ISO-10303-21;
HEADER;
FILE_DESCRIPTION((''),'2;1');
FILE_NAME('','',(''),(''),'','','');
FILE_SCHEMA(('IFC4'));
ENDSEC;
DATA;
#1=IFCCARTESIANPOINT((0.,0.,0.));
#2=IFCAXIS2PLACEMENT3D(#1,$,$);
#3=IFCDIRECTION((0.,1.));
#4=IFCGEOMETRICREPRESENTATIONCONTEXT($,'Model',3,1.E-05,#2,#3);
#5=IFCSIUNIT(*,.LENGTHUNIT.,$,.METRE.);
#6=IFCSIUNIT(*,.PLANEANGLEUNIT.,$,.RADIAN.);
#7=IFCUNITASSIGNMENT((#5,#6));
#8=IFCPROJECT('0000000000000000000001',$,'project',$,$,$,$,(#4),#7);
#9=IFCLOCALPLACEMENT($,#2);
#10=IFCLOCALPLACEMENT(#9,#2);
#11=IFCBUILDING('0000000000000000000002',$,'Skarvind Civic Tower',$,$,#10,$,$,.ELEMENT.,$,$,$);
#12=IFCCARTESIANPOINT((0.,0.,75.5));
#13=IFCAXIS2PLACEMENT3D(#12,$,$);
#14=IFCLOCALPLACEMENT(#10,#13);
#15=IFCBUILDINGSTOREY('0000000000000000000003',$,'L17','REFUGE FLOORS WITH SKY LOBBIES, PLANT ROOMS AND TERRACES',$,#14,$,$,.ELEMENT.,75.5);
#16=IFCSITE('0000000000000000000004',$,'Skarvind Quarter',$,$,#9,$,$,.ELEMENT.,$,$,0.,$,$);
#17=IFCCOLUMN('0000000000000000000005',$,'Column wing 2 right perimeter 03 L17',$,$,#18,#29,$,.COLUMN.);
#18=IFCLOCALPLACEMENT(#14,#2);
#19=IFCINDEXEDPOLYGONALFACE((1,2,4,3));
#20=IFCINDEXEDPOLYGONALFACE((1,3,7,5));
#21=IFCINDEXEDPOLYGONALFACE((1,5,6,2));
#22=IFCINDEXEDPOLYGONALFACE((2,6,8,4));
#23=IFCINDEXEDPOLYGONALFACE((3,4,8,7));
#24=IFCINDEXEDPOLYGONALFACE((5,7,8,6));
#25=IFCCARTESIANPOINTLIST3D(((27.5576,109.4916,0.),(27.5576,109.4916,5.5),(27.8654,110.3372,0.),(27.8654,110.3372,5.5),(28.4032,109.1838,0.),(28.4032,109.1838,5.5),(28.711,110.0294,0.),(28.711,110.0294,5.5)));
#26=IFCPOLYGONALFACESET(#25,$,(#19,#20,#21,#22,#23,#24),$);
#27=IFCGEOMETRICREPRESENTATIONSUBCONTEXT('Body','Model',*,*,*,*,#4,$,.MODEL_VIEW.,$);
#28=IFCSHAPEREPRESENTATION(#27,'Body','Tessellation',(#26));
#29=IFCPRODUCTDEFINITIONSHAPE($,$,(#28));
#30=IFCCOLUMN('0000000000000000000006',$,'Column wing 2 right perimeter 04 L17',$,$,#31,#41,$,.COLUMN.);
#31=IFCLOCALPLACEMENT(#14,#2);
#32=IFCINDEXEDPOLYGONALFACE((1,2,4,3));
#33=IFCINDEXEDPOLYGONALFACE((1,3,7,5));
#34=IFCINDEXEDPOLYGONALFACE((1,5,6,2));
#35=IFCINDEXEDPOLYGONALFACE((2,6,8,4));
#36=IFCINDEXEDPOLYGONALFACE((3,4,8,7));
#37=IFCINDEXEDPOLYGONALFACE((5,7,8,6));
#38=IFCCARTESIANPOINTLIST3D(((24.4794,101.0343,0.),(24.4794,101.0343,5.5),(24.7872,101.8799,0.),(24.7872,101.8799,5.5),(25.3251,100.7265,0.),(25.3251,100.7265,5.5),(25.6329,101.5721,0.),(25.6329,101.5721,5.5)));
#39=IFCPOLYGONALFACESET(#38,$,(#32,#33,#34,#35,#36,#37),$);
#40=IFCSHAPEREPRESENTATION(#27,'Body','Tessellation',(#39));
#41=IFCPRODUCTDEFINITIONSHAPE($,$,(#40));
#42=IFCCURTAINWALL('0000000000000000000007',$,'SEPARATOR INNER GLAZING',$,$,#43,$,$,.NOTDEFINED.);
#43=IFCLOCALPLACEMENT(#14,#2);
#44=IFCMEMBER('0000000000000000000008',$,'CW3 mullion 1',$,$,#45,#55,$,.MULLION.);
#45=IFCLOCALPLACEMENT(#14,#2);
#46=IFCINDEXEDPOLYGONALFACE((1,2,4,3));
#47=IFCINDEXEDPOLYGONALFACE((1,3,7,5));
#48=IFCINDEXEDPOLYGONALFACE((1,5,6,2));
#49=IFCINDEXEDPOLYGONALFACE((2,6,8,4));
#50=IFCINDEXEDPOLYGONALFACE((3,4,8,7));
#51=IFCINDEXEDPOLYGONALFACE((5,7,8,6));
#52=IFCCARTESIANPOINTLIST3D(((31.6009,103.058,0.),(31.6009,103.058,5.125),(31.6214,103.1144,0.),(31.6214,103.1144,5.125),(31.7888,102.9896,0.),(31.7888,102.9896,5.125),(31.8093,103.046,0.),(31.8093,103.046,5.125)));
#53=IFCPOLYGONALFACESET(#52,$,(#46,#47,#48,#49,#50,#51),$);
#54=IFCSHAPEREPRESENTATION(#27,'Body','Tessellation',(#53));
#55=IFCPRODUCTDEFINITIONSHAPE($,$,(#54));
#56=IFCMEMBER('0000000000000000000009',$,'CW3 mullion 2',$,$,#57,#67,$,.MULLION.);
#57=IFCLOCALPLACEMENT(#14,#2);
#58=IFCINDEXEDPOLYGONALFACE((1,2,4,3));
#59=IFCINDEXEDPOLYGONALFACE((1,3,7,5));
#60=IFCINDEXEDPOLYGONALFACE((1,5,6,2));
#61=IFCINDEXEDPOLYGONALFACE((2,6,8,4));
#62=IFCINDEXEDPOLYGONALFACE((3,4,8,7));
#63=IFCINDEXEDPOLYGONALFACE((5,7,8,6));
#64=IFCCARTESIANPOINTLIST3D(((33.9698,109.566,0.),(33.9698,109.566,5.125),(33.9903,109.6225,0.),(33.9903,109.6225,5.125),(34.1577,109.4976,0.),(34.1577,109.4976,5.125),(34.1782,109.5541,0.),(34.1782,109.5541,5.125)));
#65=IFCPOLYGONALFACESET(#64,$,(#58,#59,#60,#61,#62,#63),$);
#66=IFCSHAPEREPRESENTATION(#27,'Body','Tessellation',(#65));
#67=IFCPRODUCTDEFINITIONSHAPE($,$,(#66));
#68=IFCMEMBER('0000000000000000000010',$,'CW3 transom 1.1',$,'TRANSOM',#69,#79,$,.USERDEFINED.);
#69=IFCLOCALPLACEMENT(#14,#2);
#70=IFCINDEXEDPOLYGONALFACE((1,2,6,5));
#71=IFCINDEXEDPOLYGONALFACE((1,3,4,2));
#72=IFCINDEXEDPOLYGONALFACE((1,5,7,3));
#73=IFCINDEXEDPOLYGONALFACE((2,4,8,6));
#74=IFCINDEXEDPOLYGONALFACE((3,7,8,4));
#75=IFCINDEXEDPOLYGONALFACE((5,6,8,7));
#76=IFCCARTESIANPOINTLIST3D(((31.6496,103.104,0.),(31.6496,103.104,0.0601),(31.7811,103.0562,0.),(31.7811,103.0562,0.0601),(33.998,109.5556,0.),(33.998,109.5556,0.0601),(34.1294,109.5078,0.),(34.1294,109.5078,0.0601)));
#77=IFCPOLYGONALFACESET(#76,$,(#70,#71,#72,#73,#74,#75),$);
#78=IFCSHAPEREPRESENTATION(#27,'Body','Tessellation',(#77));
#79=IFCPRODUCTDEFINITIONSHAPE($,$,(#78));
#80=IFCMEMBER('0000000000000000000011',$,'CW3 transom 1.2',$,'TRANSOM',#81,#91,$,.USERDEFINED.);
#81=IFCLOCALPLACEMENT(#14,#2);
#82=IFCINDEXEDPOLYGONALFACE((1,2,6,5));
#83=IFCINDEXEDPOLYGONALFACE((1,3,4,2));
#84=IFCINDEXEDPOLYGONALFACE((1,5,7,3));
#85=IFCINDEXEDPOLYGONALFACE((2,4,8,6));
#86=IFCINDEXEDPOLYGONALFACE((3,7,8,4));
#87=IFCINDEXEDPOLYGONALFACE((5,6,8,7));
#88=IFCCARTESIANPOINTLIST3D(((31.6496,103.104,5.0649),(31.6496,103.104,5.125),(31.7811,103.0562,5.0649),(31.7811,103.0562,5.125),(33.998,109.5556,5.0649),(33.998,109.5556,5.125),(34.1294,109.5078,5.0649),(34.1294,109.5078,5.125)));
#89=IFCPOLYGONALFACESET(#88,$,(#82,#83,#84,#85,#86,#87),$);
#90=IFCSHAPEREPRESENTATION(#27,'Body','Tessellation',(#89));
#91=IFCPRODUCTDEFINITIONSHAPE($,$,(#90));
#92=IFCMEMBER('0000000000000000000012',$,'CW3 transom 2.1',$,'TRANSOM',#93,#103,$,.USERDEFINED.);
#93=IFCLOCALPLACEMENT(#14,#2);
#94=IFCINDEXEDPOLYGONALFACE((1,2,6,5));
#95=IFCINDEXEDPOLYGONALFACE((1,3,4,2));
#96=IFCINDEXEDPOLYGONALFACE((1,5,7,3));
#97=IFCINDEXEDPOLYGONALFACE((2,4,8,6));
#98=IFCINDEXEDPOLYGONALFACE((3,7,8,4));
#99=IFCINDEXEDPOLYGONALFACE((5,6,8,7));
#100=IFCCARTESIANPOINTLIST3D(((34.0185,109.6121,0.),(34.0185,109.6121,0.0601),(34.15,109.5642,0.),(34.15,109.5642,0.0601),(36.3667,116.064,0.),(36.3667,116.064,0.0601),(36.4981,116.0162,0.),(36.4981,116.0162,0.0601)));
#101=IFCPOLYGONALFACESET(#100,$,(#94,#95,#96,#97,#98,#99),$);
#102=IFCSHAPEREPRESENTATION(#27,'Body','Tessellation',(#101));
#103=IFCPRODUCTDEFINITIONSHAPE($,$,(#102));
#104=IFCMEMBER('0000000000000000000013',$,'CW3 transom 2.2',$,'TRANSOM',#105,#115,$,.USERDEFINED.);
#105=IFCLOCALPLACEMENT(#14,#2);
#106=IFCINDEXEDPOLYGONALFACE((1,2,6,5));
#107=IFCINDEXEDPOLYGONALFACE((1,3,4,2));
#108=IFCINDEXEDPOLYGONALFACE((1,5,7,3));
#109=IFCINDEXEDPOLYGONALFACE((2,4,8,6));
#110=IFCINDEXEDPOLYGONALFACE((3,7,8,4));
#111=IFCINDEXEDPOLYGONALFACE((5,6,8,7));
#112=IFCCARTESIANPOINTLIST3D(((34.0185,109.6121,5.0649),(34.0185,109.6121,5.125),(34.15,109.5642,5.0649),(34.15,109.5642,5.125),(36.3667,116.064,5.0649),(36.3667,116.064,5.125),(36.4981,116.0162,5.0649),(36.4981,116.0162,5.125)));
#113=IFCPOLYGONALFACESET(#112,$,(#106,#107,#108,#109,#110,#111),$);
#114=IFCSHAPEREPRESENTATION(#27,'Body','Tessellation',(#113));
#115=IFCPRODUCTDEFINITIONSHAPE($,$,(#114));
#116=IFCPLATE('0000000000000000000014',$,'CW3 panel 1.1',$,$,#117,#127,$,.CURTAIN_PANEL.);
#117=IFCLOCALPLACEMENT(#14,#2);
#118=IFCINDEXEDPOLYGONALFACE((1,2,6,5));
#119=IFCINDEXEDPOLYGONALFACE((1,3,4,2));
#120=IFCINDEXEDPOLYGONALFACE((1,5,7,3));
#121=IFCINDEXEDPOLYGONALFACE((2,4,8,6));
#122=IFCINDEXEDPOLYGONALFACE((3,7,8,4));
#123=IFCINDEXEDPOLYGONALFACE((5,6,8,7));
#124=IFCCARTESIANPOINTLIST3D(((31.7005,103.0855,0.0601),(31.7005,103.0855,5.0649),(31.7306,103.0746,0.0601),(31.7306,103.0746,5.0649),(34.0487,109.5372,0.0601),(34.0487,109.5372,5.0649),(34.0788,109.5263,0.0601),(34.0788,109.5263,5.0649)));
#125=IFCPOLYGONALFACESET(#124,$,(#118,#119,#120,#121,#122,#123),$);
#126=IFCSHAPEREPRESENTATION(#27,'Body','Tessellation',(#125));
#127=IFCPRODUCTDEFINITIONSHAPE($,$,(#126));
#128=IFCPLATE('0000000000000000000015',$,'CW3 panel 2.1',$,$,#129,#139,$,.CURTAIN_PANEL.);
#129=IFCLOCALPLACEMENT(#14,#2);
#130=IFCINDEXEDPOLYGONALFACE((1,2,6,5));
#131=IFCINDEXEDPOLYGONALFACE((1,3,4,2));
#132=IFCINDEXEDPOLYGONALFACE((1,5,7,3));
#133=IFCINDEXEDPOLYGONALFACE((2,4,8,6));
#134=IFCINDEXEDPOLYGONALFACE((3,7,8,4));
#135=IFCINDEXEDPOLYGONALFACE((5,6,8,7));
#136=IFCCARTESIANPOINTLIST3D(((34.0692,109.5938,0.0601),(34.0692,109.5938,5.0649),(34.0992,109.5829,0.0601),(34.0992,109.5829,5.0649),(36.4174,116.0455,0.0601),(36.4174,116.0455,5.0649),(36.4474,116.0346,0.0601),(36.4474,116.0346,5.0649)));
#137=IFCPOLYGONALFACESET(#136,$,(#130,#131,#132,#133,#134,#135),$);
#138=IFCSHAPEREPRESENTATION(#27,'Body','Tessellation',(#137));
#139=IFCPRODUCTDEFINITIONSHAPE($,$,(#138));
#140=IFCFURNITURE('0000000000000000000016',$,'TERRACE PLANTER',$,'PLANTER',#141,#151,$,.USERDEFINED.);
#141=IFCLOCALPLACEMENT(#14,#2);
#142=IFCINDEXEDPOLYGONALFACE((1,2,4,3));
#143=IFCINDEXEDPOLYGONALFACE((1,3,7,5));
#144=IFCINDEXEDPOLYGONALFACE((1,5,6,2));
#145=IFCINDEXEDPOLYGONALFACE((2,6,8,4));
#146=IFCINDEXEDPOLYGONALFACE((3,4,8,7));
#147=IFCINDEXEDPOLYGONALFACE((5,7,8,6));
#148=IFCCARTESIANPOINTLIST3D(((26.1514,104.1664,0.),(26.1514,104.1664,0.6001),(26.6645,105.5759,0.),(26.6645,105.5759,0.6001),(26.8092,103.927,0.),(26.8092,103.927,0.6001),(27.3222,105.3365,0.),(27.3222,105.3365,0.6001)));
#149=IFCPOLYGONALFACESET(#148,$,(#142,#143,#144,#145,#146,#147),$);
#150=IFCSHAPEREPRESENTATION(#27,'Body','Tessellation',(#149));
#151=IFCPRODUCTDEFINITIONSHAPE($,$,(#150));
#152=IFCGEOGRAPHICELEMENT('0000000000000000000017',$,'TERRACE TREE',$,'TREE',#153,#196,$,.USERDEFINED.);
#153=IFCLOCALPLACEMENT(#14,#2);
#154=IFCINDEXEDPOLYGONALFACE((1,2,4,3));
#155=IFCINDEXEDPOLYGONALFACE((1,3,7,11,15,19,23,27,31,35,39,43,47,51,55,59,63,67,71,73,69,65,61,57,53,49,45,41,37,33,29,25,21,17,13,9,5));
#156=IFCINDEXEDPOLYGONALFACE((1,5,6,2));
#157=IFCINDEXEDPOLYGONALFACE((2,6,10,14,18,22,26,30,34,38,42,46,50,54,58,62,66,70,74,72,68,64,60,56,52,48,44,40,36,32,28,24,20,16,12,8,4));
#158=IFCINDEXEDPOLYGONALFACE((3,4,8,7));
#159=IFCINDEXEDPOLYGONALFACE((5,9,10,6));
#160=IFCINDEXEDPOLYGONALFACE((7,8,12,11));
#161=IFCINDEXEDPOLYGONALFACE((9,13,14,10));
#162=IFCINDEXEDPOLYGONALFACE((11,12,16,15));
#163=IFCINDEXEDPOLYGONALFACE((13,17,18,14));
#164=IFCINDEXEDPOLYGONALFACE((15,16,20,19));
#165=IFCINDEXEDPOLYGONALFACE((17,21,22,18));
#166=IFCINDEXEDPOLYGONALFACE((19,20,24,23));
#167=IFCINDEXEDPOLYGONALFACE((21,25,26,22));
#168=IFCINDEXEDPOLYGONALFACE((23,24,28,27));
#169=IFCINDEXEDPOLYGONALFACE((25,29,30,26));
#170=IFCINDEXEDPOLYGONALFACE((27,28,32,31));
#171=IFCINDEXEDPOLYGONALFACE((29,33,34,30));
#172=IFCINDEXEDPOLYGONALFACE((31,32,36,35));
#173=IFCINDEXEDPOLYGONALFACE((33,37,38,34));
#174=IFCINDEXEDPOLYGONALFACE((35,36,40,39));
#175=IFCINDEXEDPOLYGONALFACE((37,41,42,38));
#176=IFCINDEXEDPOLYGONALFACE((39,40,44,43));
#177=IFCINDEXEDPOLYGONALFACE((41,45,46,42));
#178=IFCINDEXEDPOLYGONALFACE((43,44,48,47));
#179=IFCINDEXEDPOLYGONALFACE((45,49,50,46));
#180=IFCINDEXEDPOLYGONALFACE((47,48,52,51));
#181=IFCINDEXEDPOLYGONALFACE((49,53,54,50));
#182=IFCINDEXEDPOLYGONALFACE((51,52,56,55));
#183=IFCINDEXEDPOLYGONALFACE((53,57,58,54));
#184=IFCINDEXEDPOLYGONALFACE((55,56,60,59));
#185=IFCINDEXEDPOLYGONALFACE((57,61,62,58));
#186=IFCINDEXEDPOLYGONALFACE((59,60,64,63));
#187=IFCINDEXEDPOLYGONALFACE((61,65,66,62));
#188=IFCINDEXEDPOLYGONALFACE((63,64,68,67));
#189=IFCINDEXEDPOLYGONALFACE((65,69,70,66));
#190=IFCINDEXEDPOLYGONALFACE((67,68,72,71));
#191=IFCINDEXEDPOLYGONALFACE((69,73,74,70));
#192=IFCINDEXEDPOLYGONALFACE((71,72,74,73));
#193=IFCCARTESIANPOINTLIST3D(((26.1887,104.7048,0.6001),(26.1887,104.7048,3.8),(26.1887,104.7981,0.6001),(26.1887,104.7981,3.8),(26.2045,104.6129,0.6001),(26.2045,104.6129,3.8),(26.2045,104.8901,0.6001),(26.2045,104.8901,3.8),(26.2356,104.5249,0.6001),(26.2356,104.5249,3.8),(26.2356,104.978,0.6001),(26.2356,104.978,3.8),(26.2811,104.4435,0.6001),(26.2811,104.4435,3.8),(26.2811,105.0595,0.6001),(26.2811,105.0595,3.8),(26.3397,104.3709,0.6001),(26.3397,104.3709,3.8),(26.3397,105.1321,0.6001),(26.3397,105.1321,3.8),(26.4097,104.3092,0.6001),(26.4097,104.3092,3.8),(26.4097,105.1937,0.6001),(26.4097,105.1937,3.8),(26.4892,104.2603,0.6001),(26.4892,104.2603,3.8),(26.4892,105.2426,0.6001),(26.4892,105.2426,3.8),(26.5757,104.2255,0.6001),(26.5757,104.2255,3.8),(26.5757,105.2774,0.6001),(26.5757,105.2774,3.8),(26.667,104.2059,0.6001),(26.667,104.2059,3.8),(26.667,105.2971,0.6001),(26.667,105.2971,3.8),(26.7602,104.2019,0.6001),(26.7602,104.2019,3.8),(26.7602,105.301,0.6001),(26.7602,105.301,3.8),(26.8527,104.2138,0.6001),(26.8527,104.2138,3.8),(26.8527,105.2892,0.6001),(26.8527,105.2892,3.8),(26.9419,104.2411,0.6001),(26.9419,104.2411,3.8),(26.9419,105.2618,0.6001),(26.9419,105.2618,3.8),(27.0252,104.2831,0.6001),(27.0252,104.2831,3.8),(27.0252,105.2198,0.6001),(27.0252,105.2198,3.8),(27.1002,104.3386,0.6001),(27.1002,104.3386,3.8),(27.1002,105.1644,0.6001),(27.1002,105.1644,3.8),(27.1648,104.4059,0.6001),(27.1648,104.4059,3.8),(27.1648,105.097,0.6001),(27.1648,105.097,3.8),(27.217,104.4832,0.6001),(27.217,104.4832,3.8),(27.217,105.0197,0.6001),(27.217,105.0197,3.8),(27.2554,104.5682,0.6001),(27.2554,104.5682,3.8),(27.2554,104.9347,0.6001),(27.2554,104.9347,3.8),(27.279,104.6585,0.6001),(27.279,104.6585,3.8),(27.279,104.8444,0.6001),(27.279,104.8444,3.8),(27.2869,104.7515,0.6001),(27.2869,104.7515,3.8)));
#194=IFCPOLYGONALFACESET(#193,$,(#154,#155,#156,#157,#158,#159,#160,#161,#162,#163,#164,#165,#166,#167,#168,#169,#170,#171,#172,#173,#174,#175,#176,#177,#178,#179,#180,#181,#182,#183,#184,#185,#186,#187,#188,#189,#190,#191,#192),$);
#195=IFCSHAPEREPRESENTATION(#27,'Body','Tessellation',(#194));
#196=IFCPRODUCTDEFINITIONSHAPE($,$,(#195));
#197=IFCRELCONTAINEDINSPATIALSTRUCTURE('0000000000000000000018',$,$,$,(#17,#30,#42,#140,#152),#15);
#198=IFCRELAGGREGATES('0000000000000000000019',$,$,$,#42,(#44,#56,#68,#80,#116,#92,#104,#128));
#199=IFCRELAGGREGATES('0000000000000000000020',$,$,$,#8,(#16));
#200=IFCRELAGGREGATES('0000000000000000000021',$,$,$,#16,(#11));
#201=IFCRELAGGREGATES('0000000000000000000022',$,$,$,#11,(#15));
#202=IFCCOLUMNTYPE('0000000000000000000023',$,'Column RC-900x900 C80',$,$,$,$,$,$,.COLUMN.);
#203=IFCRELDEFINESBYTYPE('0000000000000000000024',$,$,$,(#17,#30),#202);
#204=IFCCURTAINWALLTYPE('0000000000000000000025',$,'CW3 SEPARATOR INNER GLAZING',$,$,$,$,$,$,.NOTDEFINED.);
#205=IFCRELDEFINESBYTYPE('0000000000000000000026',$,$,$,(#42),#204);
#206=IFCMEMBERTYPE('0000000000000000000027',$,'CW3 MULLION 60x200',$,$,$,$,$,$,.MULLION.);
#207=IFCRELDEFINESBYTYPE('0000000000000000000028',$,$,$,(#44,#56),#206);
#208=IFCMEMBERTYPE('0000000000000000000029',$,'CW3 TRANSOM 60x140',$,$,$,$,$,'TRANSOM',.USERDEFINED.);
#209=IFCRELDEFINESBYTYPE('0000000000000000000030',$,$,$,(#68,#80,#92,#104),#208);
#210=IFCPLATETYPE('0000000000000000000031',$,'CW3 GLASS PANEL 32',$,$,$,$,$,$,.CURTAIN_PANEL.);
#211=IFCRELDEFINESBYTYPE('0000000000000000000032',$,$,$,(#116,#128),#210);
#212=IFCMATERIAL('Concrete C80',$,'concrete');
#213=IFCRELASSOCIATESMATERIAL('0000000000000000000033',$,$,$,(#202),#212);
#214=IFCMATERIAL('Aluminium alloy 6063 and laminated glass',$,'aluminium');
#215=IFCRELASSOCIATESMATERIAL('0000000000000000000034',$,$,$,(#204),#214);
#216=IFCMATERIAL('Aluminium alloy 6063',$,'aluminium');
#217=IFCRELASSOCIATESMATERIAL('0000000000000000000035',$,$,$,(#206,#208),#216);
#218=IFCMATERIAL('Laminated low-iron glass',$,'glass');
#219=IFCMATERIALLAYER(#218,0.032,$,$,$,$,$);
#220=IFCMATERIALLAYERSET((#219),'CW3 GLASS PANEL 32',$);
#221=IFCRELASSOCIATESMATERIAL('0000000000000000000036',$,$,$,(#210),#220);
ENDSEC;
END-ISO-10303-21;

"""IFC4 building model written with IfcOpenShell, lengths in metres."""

from ifc_helpers import new_model, si_unit, direction, frame, origin, origin_2d, place, context, subcontext, project, spatial, rectangle, circle, extrude, material, layer, layer_set, material_profile, profile_set, type_object, element, aggregate, save


model = new_model("IFC4")

# Units and contexts
model_context = context("Model", 3, precision=1e-05, world=origin(), true_north=direction((0.0, 1.0)))
body_context = subcontext(model_context, "Body", "Model", "MODEL_VIEW")
ifc_project = project(units=[si_unit("LENGTHUNIT", "METRE"), si_unit("PLANEANGLEUNIT", "RADIAN")], contexts=[model_context])

# Site, building, storey
site_placement = place(None, origin())
site = spatial("IfcSite", under=ifc_project, at=site_placement, Name="Skarvind Quarter", CompositionType="ELEMENT", RefElevation=0.0)
building_placement = place(site_placement, origin())
building = spatial("IfcBuilding", under=site, at=building_placement, Name="Skarvind Civic Tower", CompositionType="ELEMENT")
storey_placement = place(building_placement, frame((0.0, 0.0, 75.5)))
storey = spatial("IfcBuildingStorey", under=building, at=storey_placement, Name="L17", Description="REFUGE FLOORS WITH SKY LOBBIES, PLANT ROOMS AND TERRACES", CompositionType="ELEMENT", Elevation=75.5)

# Columns
ifc_material_1 = material(Name="Concrete C80", Category="concrete")
ifc_material_profile_1 = material_profile(ifc_material_1, rectangle(XDim=0.8999, YDim=0.8999, at=origin_2d()), Name="RC-900x900")
ifc_profile_set_1 = profile_set([ifc_material_profile_1], Name="Concrete C80")
column_type = type_object("IfcColumnType", Name="Column RC-900x900 C80", PredefinedType="COLUMN", material=ifc_profile_set_1)
for number, where, z_axis, x_axis, name in (
    (1, (28.1343, 109.7605, 0.0), (0.0, 0.0, 1.0), (-0.34202, -0.939693, 0.0), "Column wing 2 right perimeter 03 L17"),
    (2, (25.0562, 101.3032, 0.0), (0.0, 0.0, 1.0), (-0.34202, -0.939693, 0.0), "Column wing 2 right perimeter 04 L17"),
):
    element("IfcColumn", number, at=place(storey_placement, frame(where, z_axis=z_axis, x_axis=x_axis)), inside=storey, type_object=column_type, Name=name, PredefinedType="COLUMN", context=body_context, shape_type="SweptSolid", body=[
        extrude(rectangle(XDim=0.8999, YDim=0.8999, at=origin_2d()), origin(), (0.0, 0.0, 1.0), 5.5),
    ])

# Curtain wall, members, plates
ifc_material_2 = material(Name="Aluminium alloy 6063 and laminated glass", Category="aluminium")
curtain_wall_type = type_object("IfcCurtainWallType", Name="CW3 SEPARATOR INNER GLAZING", PredefinedType="NOTDEFINED", material=ifc_material_2)
curtain_wall_placement = place(storey_placement, origin())
curtain_wall = element("IfcCurtainWall", 3, at=curtain_wall_placement, inside=storey, type_object=curtain_wall_type, Name="SEPARATOR INNER GLAZING", PredefinedType="NOTDEFINED")
ifc_material_3 = material(Name="Aluminium alloy 6063", Category="aluminium")
ifc_material_profile_2 = material_profile(ifc_material_3, rectangle(XDim=0.2, YDim=0.0601, at=origin_2d()), Name="AL 60x200")
ifc_profile_set_2 = profile_set([ifc_material_profile_2], Name="Aluminium alloy 6063")
member_type_1 = type_object("IfcMemberType", Name="CW3 MULLION 60x200", PredefinedType="MULLION", material=ifc_profile_set_2)
member_1_placement = place(storey_placement, frame((31.7051, 103.052, 0.0), z_axis=(0.0, 0.0, 1.0), x_axis=(-0.939692, 0.342022, 0.0)))
member_1 = element("IfcMember", 4, at=member_1_placement, type_object=member_type_1, Name="CW3 mullion 1", PredefinedType="MULLION", context=body_context, shape_type="SweptSolid", body=[
    extrude(rectangle(XDim=0.2, YDim=0.0601, at=origin_2d()), origin(), (0.0, 0.0, 1.0), 5.125),
])
member_2_placement = place(storey_placement, frame((34.074, 109.5601, 0.0), z_axis=(0.0, 0.0, 1.0), x_axis=(-0.939692, 0.342022, 0.0)))
member_2 = element("IfcMember", 5, at=member_2_placement, type_object=member_type_1, Name="CW3 mullion 2", PredefinedType="MULLION", context=body_context, shape_type="SweptSolid", body=[
    extrude(rectangle(XDim=0.2, YDim=0.0601, at=origin_2d()), origin(), (0.0, 0.0, 1.0), 5.125),
])
ifc_material_profile_3 = material_profile(ifc_material_3, rectangle(XDim=0.1399, YDim=0.0601, at=origin_2d()), Name="AL 60x140")
ifc_profile_set_3 = profile_set([ifc_material_profile_3], Name="Aluminium alloy 6063")
member_type_2 = type_object("IfcMemberType", Name="CW3 TRANSOM 60x140", ElementType="TRANSOM", PredefinedType="USERDEFINED", material=ifc_profile_set_3)
member_3_placement = place(storey_placement, frame((31.7153, 103.0801, 0.03), z_axis=(0.342043, 0.939684, 0.0), x_axis=(-0.939684, 0.342043, 0.0)))
member_3 = element("IfcMember", 6, at=member_3_placement, type_object=member_type_2, Name="CW3 transom 1.1", ObjectType="TRANSOM", PredefinedType="USERDEFINED", context=body_context, shape_type="SweptSolid", body=[
    extrude(rectangle(XDim=0.1399, YDim=0.0601, at=origin_2d()), origin(), (0.0, 0.0, 1.0), 6.8657),
])
member_4_placement = place(storey_placement, frame((31.7153, 103.0801, 5.095), z_axis=(0.342043, 0.939684, 0.0), x_axis=(-0.939684, 0.342043, 0.0)))
member_4 = element("IfcMember", 7, at=member_4_placement, type_object=member_type_2, Name="CW3 transom 1.2", ObjectType="TRANSOM", PredefinedType="USERDEFINED", context=body_context, shape_type="SweptSolid", body=[
    extrude(rectangle(XDim=0.1399, YDim=0.0601, at=origin_2d()), origin(), (0.0, 0.0, 1.0), 6.8657),
])
member_5_placement = place(storey_placement, frame((34.0842, 109.5881, 0.03), z_axis=(0.342, 0.9397, 0.0), x_axis=(-0.9397, 0.342, 0.0)))
member_5 = element("IfcMember", 8, at=member_5_placement, type_object=member_type_2, Name="CW3 transom 2.1", ObjectType="TRANSOM", PredefinedType="USERDEFINED", context=body_context, shape_type="SweptSolid", body=[
    extrude(rectangle(XDim=0.1399, YDim=0.0601, at=origin_2d()), origin(), (0.0, 0.0, 1.0), 6.866),
])
member_6_placement = place(storey_placement, frame((34.0842, 109.5881, 5.095), z_axis=(0.342, 0.9397, 0.0), x_axis=(-0.9397, 0.342, 0.0)))
member_6 = element("IfcMember", 9, at=member_6_placement, type_object=member_type_2, Name="CW3 transom 2.2", ObjectType="TRANSOM", PredefinedType="USERDEFINED", context=body_context, shape_type="SweptSolid", body=[
    extrude(rectangle(XDim=0.1399, YDim=0.0601, at=origin_2d()), origin(), (0.0, 0.0, 1.0), 6.866),
])
ifc_material_4 = material(Name="Laminated low-iron glass", Category="glass")
ifc_layer = layer(ifc_material_4, 0.032)
ifc_layer_set = layer_set([ifc_layer], Name="CW3 GLASS PANEL 32")
plate_type = type_object("IfcPlateType", Name="CW3 GLASS PANEL 32", PredefinedType="CURTAIN_PANEL", material=ifc_layer_set)
plate_1_placement = place(storey_placement, frame((32.8896, 106.3059, 0.0601), z_axis=(0.0, 0.0, 1.0), x_axis=(0.342022, 0.939692, 0.0)))
plate_1 = element("IfcPlate", 10, at=plate_1_placement, type_object=plate_type, Name="CW3 panel 1.1", PredefinedType="CURTAIN_PANEL", context=body_context, shape_type="SweptSolid", body=[
    extrude(rectangle(XDim=6.8657, YDim=0.032, at=origin_2d()), origin(), (0.0, 0.0, 1.0), 5.0049),
])
plate_2_placement = place(storey_placement, frame((35.2583, 112.8142, 0.0601), z_axis=(0.0, 0.0, 1.0), x_axis=(0.342022, 0.939692, 0.0)))
plate_2 = element("IfcPlate", 11, at=plate_2_placement, type_object=plate_type, Name="CW3 panel 2.1", PredefinedType="CURTAIN_PANEL", context=body_context, shape_type="SweptSolid", body=[
    extrude(rectangle(XDim=6.8657, YDim=0.032, at=origin_2d()), origin(), (0.0, 0.0, 1.0), 5.0049),
])
aggregate(curtain_wall, [member_1, member_2, member_3, member_4, plate_1, member_5, member_6, plate_2])

# Furniture
furniture_placement = place(storey_placement, frame((26.7368, 104.7515, 0.0), z_axis=(0.0, 0.0, 1.0), x_axis=(0.34202, 0.939693, 0.0)))
element("IfcFurniture", 12, at=furniture_placement, inside=storey, Name="TERRACE PLANTER", ObjectType="PLANTER", PredefinedType="USERDEFINED", context=body_context, shape_type="SweptSolid", body=[
    extrude(rectangle(XDim=1.5, YDim=0.7, at=origin_2d()), origin(), (0.0, 0.0, 1.0), 0.6001),
])

# Geographic element
geographic_element_placement = place(storey_placement, frame((26.7368, 104.7515, 0.6001), z_axis=(0.0, 0.0, 1.0), x_axis=(1.0, 0.0, 0.0)))
element("IfcGeographicElement", 13, at=geographic_element_placement, inside=storey, Name="TERRACE TREE", ObjectType="TREE", PredefinedType="USERDEFINED", context=body_context, shape_type="SweptSolid", body=[
    extrude(circle(Radius=0.55, at=origin_2d()), origin(), (0.0, 0.0, 1.0), 3.2),
])

save(model, "model.ifc")
